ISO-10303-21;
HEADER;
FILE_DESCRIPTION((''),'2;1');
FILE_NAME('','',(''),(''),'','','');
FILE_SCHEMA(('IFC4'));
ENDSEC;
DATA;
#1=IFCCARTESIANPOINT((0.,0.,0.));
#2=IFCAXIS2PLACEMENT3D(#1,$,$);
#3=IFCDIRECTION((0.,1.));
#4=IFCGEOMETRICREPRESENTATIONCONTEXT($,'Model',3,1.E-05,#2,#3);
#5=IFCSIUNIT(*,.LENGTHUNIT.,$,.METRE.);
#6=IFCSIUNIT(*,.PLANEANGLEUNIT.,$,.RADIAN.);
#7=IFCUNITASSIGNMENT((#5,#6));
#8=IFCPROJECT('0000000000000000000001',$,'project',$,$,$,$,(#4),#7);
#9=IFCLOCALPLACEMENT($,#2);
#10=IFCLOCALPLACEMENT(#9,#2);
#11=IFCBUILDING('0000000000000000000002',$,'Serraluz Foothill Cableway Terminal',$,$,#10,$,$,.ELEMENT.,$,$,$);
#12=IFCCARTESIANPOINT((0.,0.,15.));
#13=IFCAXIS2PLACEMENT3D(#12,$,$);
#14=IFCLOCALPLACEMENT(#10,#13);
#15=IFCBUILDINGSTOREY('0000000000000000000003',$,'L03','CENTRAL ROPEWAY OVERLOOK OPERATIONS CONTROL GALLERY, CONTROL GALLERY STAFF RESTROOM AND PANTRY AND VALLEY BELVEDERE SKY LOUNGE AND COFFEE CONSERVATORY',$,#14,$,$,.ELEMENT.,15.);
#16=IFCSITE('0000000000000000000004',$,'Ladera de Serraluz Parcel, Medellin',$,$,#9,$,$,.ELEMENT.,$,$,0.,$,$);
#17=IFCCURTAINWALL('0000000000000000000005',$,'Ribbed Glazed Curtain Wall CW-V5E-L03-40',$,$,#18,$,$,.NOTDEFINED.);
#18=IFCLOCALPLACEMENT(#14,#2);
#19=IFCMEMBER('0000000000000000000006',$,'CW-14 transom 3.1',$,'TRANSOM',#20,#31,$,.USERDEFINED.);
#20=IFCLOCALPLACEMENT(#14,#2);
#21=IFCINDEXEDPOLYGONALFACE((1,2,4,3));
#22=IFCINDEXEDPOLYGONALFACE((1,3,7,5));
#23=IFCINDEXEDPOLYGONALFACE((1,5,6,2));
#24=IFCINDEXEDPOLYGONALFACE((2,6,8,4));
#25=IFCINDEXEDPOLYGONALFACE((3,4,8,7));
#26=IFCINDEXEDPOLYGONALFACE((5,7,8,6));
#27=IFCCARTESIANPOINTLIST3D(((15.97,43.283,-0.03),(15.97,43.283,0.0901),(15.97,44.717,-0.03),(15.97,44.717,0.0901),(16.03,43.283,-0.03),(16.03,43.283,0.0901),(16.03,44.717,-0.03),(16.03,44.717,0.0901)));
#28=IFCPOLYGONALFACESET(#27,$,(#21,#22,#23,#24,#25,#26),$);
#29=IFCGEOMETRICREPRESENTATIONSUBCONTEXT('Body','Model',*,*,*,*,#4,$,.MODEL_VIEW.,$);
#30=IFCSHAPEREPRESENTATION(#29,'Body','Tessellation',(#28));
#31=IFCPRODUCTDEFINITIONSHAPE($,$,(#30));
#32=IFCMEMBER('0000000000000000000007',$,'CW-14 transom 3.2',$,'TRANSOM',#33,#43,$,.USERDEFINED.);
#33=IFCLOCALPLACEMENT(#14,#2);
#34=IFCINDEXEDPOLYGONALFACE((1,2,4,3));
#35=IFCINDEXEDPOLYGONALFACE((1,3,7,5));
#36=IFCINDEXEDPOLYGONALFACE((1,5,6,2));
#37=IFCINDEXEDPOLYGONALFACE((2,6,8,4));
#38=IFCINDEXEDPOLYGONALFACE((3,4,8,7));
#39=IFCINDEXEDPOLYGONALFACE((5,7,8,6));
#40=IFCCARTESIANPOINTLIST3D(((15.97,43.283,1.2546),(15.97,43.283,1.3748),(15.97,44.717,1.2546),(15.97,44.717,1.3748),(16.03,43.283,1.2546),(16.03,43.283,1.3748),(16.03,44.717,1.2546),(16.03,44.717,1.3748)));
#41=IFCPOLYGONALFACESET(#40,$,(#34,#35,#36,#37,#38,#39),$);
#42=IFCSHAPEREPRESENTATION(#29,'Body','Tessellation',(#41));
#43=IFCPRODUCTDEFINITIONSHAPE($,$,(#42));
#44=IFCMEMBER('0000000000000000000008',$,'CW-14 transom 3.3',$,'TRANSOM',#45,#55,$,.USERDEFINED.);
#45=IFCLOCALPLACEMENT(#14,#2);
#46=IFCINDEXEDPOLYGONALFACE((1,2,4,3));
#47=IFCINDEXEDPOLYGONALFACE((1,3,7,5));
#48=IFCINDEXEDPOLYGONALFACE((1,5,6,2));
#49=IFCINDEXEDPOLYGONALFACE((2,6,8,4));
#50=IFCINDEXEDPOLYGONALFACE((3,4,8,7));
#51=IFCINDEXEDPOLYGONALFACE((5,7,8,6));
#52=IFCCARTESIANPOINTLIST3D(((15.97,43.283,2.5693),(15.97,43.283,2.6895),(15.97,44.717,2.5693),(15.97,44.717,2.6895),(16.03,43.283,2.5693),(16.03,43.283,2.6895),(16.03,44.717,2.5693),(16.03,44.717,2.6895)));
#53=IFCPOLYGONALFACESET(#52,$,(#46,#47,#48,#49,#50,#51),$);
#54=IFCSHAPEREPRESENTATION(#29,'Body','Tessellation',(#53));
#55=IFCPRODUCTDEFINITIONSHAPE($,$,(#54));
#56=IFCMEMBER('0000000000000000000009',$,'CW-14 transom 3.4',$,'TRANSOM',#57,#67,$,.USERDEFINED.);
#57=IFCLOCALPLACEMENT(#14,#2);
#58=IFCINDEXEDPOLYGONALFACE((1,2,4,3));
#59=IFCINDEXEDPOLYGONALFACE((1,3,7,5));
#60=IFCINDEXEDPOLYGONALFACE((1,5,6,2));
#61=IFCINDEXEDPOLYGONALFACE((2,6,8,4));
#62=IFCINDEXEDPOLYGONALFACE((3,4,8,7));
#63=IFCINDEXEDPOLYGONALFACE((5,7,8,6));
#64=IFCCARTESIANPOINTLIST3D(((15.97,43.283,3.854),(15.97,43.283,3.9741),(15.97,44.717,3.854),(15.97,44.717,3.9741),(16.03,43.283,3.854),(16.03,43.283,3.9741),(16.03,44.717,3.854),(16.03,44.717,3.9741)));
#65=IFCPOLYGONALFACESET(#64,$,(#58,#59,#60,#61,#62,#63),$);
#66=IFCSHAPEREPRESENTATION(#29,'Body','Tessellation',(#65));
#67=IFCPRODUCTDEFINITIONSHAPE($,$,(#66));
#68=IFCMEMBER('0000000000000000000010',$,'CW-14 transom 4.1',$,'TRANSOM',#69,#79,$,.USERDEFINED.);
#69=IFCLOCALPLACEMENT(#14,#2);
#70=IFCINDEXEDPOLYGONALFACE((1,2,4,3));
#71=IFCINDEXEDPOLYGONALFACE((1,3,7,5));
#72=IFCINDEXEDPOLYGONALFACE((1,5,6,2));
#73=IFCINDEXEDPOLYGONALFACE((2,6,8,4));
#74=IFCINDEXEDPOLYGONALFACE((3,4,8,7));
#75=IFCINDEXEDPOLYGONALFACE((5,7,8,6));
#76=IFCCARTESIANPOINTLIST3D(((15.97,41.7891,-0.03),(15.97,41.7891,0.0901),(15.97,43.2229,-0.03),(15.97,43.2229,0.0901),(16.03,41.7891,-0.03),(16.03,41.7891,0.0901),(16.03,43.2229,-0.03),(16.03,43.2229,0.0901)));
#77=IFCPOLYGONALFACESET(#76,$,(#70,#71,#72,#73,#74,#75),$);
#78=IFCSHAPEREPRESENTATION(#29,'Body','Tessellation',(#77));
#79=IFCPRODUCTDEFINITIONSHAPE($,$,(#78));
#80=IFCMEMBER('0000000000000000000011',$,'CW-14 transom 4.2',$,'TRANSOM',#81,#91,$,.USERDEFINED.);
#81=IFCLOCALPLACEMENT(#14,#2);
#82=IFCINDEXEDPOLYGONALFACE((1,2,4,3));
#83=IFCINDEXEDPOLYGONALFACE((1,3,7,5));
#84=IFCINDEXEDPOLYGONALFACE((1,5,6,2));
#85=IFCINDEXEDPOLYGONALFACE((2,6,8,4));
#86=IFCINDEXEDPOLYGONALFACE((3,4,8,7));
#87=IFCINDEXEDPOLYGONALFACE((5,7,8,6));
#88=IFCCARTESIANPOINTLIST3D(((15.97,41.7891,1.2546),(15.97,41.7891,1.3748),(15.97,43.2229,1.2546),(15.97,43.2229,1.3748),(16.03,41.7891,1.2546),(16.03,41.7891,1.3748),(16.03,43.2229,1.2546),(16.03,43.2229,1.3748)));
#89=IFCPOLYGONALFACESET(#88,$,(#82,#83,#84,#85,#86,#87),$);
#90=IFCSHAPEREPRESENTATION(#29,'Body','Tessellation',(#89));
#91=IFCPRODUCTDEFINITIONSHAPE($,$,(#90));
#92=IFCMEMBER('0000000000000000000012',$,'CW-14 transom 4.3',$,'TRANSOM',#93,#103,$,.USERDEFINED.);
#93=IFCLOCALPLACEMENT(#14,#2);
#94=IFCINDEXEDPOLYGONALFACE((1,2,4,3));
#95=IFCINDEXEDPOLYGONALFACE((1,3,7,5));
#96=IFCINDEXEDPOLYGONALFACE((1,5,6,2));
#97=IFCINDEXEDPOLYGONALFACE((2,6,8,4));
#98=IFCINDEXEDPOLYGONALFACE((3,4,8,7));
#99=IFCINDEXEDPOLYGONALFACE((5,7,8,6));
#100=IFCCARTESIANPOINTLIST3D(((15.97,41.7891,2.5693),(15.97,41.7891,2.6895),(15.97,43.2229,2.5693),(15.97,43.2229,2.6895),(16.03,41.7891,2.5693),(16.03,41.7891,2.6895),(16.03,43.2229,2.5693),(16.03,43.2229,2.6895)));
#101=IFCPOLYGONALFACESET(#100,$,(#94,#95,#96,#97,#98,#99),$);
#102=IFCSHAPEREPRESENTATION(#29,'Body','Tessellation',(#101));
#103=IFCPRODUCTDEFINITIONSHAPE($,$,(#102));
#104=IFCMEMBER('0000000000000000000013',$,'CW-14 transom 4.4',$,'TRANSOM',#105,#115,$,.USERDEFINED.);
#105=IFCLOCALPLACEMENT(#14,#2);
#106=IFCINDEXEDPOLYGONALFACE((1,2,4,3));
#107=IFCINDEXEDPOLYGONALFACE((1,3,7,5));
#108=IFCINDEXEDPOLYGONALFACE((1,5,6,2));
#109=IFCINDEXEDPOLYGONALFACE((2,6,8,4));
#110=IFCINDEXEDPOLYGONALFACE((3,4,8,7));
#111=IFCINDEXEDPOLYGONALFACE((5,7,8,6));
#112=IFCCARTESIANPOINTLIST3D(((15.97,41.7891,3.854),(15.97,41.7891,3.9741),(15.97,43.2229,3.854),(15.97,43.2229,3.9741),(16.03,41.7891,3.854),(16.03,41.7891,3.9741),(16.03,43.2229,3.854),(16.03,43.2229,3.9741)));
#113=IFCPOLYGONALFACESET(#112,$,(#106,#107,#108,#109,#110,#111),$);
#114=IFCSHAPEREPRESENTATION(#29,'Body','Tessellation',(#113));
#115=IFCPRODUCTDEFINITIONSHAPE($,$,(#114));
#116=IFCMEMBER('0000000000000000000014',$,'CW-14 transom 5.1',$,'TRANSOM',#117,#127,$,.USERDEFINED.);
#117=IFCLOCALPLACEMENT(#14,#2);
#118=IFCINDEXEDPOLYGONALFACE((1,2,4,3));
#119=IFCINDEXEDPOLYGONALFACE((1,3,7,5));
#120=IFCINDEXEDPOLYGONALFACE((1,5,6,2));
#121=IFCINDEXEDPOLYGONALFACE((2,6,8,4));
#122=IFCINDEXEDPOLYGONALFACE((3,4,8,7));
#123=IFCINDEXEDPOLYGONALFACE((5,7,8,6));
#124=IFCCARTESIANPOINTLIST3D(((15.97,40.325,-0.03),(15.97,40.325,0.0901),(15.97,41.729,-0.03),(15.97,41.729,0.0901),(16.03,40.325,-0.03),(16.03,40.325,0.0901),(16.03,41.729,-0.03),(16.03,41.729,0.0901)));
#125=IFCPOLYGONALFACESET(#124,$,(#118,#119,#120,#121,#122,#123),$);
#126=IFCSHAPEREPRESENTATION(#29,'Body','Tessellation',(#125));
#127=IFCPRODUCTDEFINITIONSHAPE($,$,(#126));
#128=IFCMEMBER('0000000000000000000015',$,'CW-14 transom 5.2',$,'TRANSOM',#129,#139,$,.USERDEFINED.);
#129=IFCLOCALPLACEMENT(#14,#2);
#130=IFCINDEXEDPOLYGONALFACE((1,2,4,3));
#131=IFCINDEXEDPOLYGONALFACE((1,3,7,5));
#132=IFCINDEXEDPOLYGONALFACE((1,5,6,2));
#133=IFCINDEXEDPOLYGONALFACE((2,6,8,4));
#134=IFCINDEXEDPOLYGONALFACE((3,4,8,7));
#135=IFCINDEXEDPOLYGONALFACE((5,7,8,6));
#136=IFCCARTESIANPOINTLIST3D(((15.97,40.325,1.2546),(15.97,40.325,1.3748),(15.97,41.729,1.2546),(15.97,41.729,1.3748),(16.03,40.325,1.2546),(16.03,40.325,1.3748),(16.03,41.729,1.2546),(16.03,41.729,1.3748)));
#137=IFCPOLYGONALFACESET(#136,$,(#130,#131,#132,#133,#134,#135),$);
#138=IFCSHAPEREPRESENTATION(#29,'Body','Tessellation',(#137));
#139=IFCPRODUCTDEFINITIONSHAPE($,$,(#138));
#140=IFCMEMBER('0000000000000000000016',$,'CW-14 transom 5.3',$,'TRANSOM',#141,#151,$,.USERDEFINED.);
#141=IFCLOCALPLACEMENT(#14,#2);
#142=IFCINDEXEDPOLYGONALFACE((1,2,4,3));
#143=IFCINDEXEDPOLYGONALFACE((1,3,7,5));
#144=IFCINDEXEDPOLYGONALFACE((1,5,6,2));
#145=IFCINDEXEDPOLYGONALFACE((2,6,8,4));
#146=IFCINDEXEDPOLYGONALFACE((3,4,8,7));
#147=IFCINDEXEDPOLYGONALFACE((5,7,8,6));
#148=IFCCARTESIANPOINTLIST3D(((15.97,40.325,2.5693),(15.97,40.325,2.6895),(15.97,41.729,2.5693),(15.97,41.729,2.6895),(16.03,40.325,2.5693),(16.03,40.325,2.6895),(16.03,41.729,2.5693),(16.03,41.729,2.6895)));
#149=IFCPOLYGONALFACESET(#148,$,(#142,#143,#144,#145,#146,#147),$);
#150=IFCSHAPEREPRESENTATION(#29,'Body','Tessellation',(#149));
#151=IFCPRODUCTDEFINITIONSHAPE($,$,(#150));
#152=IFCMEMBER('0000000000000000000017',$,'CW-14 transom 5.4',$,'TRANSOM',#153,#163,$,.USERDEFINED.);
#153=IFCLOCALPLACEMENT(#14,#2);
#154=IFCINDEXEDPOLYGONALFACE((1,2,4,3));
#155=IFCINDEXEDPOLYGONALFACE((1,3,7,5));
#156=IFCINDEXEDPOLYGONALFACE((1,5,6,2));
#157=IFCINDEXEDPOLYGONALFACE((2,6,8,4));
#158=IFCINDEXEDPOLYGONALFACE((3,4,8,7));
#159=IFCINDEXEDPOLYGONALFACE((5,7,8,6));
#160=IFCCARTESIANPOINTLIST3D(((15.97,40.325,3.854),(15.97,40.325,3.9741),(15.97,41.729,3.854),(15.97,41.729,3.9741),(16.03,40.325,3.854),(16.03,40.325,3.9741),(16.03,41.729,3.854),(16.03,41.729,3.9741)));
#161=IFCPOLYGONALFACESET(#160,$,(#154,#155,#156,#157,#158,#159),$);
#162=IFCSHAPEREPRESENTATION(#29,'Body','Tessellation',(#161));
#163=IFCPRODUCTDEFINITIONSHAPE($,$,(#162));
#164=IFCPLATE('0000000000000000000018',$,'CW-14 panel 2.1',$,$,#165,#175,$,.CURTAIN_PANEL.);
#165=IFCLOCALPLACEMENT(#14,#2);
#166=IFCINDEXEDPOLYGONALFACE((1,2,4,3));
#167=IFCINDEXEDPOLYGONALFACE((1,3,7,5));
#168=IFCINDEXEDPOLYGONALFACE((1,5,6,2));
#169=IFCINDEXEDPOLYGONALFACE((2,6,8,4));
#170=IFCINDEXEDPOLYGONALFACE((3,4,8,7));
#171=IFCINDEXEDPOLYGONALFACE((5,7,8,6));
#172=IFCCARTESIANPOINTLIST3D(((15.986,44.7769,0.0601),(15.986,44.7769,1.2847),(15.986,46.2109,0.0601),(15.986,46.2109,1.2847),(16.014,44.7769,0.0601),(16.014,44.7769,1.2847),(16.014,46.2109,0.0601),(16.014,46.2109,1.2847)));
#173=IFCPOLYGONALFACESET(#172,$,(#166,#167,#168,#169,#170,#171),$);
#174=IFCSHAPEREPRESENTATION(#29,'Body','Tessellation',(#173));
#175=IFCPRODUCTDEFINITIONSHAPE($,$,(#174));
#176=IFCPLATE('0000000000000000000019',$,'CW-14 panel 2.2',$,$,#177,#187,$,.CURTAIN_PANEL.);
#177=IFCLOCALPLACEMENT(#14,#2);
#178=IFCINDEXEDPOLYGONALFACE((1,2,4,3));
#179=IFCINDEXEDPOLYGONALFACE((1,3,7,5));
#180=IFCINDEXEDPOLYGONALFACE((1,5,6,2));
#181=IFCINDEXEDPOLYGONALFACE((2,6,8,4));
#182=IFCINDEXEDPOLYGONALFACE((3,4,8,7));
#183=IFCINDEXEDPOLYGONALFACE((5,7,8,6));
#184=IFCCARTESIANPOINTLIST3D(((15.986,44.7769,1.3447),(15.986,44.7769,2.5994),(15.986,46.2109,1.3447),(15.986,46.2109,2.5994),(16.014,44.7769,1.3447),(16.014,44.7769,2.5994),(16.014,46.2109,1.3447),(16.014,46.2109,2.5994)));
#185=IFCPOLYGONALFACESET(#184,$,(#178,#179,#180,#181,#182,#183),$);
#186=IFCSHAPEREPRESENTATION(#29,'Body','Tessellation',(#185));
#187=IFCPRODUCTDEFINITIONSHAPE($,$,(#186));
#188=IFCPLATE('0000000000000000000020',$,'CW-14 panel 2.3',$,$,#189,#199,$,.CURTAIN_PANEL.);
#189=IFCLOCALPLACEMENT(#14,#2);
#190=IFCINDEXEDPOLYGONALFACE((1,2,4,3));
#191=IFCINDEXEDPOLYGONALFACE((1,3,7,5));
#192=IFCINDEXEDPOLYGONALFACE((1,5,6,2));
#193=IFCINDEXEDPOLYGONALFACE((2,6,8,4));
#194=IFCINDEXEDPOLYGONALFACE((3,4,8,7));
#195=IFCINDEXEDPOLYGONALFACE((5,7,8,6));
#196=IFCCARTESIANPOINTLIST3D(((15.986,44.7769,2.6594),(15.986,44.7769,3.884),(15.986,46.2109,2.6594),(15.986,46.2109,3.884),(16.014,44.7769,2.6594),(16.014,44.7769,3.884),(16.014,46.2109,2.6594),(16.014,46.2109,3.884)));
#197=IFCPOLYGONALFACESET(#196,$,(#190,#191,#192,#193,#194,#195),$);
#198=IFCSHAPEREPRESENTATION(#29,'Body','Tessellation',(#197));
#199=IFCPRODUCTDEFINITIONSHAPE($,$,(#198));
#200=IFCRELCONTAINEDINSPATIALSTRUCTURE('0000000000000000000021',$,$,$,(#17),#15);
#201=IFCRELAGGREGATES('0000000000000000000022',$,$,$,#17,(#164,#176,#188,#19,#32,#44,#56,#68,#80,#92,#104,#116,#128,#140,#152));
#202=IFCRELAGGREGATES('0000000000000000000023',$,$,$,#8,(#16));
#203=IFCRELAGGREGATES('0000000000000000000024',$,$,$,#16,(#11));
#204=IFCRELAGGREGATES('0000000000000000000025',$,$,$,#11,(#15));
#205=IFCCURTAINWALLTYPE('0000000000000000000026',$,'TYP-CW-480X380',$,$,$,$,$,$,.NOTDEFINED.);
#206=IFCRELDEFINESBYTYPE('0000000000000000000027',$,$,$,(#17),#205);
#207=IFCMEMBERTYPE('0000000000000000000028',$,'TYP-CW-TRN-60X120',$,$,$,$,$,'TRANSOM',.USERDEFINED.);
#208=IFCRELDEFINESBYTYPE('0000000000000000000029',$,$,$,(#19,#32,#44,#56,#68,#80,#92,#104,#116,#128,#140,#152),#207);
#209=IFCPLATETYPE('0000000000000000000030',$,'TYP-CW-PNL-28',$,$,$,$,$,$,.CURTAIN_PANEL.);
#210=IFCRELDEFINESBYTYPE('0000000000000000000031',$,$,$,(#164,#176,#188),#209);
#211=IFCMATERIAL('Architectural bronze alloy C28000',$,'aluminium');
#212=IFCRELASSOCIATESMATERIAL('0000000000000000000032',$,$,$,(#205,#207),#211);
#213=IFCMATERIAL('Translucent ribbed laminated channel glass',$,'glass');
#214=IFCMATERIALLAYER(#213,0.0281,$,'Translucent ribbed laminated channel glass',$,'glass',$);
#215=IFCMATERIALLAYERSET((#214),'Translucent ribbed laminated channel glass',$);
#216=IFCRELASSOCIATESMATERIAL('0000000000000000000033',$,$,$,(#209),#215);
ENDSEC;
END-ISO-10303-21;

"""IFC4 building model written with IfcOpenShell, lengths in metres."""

from ifc_helpers import new_model, si_unit, direction, frame, origin, origin_2d, place, context, subcontext, project, spatial, rectangle, extrude, material, layer, layer_set, material_profile, profile_set, type_object, element, aggregate, save


model = new_model("IFC4")

# Units and contexts
model_context = context("Model", 3, precision=1e-05, world=origin(), true_north=direction((0.0, 1.0)))
body_context = subcontext(model_context, "Body", "Model", "MODEL_VIEW")
ifc_project = project(units=[si_unit("LENGTHUNIT", "METRE"), si_unit("PLANEANGLEUNIT", "RADIAN")], contexts=[model_context])

# Site, building, storey
site_placement = place(None, origin())
site = spatial("IfcSite", under=ifc_project, at=site_placement, Name="Ladera de Serraluz Parcel, Medellin", CompositionType="ELEMENT", RefElevation=0.0)
building_placement = place(site_placement, origin())
building = spatial("IfcBuilding", under=site, at=building_placement, Name="Serraluz Foothill Cableway Terminal", CompositionType="ELEMENT")
storey_placement = place(building_placement, frame((0.0, 0.0, 15.0)))
storey = spatial("IfcBuildingStorey", under=building, at=storey_placement, Name="L03", Description="CENTRAL ROPEWAY OVERLOOK OPERATIONS CONTROL GALLERY, CONTROL GALLERY STAFF RESTROOM AND PANTRY AND VALLEY BELVEDERE SKY LOUNGE AND COFFEE CONSERVATORY", CompositionType="ELEMENT", Elevation=15.0)

# Shared definitions
ifc_material_1 = material(Name="Architectural bronze alloy C28000", Category="aluminium")

# Curtain wall
curtain_wall_type_1 = type_object("IfcCurtainWallType", Name="TYP-CW-480X380", PredefinedType="NOTDEFINED", material=ifc_material_1)
curtain_wall_1_placement = place(storey_placement, origin())
curtain_wall_1 = element("IfcCurtainWall", 1, at=curtain_wall_1_placement, inside=storey, type_object=curtain_wall_type_1, Name="Ribbed Glazed Curtain Wall CW-V5E-L03-40", PredefinedType="NOTDEFINED")

# Members
ifc_material_profile_1 = material_profile(ifc_material_1, rectangle(XDim=0.0601, YDim=0.1201, at=origin_2d()), Name="ALU TRANSOM 60x120")
ifc_profile_set_1 = profile_set([ifc_material_profile_1], Name="Architectural bronze alloy C28000")
member_type_1 = type_object("IfcMemberType", Name="TYP-CW-TRN-60X120", ElementType="TRANSOM", PredefinedType="USERDEFINED", material=ifc_profile_set_1)
member_1_placement = place(storey_placement, frame((16.0, 44.717, 0.03), z_axis=(0.0, -1.0, 0.0), x_axis=(1.0, 0.0, 0.0)))
member_1 = element("IfcMember", 2, at=member_1_placement, type_object=member_type_1, Name="CW-14 transom 3.1", ObjectType="TRANSOM", PredefinedType="USERDEFINED", context=body_context, shape_type="SweptSolid", body=[
    extrude(rectangle(XDim=0.0601, YDim=0.1201, at=origin_2d()), origin(), (0.0, 0.0, 1.0), 1.4341),
])
member_2_placement = place(storey_placement, frame((16.0, 44.717, 1.3147), z_axis=(0.0, -1.0, 0.0), x_axis=(1.0, 0.0, 0.0)))
member_2 = element("IfcMember", 3, at=member_2_placement, type_object=member_type_1, Name="CW-14 transom 3.2", ObjectType="TRANSOM", PredefinedType="USERDEFINED", context=body_context, shape_type="SweptSolid", body=[
    extrude(rectangle(XDim=0.0601, YDim=0.1201, at=origin_2d()), origin(), (0.0, 0.0, 1.0), 1.4341),
])
member_3_placement = place(storey_placement, frame((16.0, 44.717, 2.6294), z_axis=(0.0, -1.0, 0.0), x_axis=(1.0, 0.0, 0.0)))
member_3 = element("IfcMember", 4, at=member_3_placement, type_object=member_type_1, Name="CW-14 transom 3.3", ObjectType="TRANSOM", PredefinedType="USERDEFINED", context=body_context, shape_type="SweptSolid", body=[
    extrude(rectangle(XDim=0.0601, YDim=0.1201, at=origin_2d()), origin(), (0.0, 0.0, 1.0), 1.4341),
])
member_4_placement = place(storey_placement, frame((16.0, 44.717, 3.9141), z_axis=(0.0, -1.0, 0.0), x_axis=(1.0, 0.0, 0.0)))
member_4 = element("IfcMember", 5, at=member_4_placement, type_object=member_type_1, Name="CW-14 transom 3.4", ObjectType="TRANSOM", PredefinedType="USERDEFINED", context=body_context, shape_type="SweptSolid", body=[
    extrude(rectangle(XDim=0.0601, YDim=0.1201, at=origin_2d()), origin(), (0.0, 0.0, 1.0), 1.4341),
])
member_5_placement = place(storey_placement, frame((16.0, 43.2229, 0.03), z_axis=(0.0, -1.0, 0.0), x_axis=(1.0, 0.0, 0.0)))
member_5 = element("IfcMember", 6, at=member_5_placement, type_object=member_type_1, Name="CW-14 transom 4.1", ObjectType="TRANSOM", PredefinedType="USERDEFINED", context=body_context, shape_type="SweptSolid", body=[
    extrude(rectangle(XDim=0.0601, YDim=0.1201, at=origin_2d()), origin(), (0.0, 0.0, 1.0), 1.4338),
])
member_6_placement = place(storey_placement, frame((16.0, 43.2229, 1.3147), z_axis=(0.0, -1.0, 0.0), x_axis=(1.0, 0.0, 0.0)))
member_6 = element("IfcMember", 7, at=member_6_placement, type_object=member_type_1, Name="CW-14 transom 4.2", ObjectType="TRANSOM", PredefinedType="USERDEFINED", context=body_context, shape_type="SweptSolid", body=[
    extrude(rectangle(XDim=0.0601, YDim=0.1201, at=origin_2d()), origin(), (0.0, 0.0, 1.0), 1.4338),
])
member_7_placement = place(storey_placement, frame((16.0, 43.2229, 2.6294), z_axis=(0.0, -1.0, 0.0), x_axis=(1.0, 0.0, 0.0)))
member_7 = element("IfcMember", 8, at=member_7_placement, type_object=member_type_1, Name="CW-14 transom 4.3", ObjectType="TRANSOM", PredefinedType="USERDEFINED", context=body_context, shape_type="SweptSolid", body=[
    extrude(rectangle(XDim=0.0601, YDim=0.1201, at=origin_2d()), origin(), (0.0, 0.0, 1.0), 1.4338),
])
member_8_placement = place(storey_placement, frame((16.0, 43.2229, 3.9141), z_axis=(0.0, -1.0, 0.0), x_axis=(1.0, 0.0, 0.0)))
member_8 = element("IfcMember", 9, at=member_8_placement, type_object=member_type_1, Name="CW-14 transom 4.4", ObjectType="TRANSOM", PredefinedType="USERDEFINED", context=body_context, shape_type="SweptSolid", body=[
    extrude(rectangle(XDim=0.0601, YDim=0.1201, at=origin_2d()), origin(), (0.0, 0.0, 1.0), 1.4338),
])
member_9_placement = place(storey_placement, frame((16.0, 41.729, 0.03), z_axis=(0.0, -1.0, 0.0), x_axis=(1.0, 0.0, 0.0)))
member_9 = element("IfcMember", 10, at=member_9_placement, type_object=member_type_1, Name="CW-14 transom 5.1", ObjectType="TRANSOM", PredefinedType="USERDEFINED", context=body_context, shape_type="SweptSolid", body=[
    extrude(rectangle(XDim=0.0601, YDim=0.1201, at=origin_2d()), origin(), (0.0, 0.0, 1.0), 1.4041),
])
member_10_placement = place(storey_placement, frame((16.0, 41.729, 1.3147), z_axis=(0.0, -1.0, 0.0), x_axis=(1.0, 0.0, 0.0)))
member_10 = element("IfcMember", 11, at=member_10_placement, type_object=member_type_1, Name="CW-14 transom 5.2", ObjectType="TRANSOM", PredefinedType="USERDEFINED", context=body_context, shape_type="SweptSolid", body=[
    extrude(rectangle(XDim=0.0601, YDim=0.1201, at=origin_2d()), origin(), (0.0, 0.0, 1.0), 1.4041),
])
member_11_placement = place(storey_placement, frame((16.0, 41.729, 2.6294), z_axis=(0.0, -1.0, 0.0), x_axis=(1.0, 0.0, 0.0)))
member_11 = element("IfcMember", 12, at=member_11_placement, type_object=member_type_1, Name="CW-14 transom 5.3", ObjectType="TRANSOM", PredefinedType="USERDEFINED", context=body_context, shape_type="SweptSolid", body=[
    extrude(rectangle(XDim=0.0601, YDim=0.1201, at=origin_2d()), origin(), (0.0, 0.0, 1.0), 1.4041),
])
member_12_placement = place(storey_placement, frame((16.0, 41.729, 3.9141), z_axis=(0.0, -1.0, 0.0), x_axis=(1.0, 0.0, 0.0)))
member_12 = element("IfcMember", 13, at=member_12_placement, type_object=member_type_1, Name="CW-14 transom 5.4", ObjectType="TRANSOM", PredefinedType="USERDEFINED", context=body_context, shape_type="SweptSolid", body=[
    extrude(rectangle(XDim=0.0601, YDim=0.1201, at=origin_2d()), origin(), (0.0, 0.0, 1.0), 1.4041),
])

# Plates
ifc_material_2 = material(Name="Translucent ribbed laminated channel glass", Category="glass")
ifc_layer_1 = layer(ifc_material_2, 0.0281, Name="Translucent ribbed laminated channel glass", Category="glass")
ifc_layer_set_1 = layer_set([ifc_layer_1], Name="Translucent ribbed laminated channel glass")
plate_type_1 = type_object("IfcPlateType", Name="TYP-CW-PNL-28", PredefinedType="CURTAIN_PANEL", material=ifc_layer_set_1)
plate_1_placement = place(storey_placement, frame((16.0, 45.4939, 0.0601), z_axis=(0.0, 0.0, 1.0), x_axis=(0.0, -1.0, 0.0)))
plate_1 = element("IfcPlate", 14, at=plate_1_placement, type_object=plate_type_1, Name="CW-14 panel 2.1", PredefinedType="CURTAIN_PANEL", context=body_context, shape_type="SweptSolid", body=[
    extrude(rectangle(XDim=1.4341, YDim=0.0281, at=origin_2d()), origin(), (0.0, 0.0, 1.0), 1.2246),
])
plate_2_placement = place(storey_placement, frame((16.0, 45.4939, 1.3447), z_axis=(0.0, 0.0, 1.0), x_axis=(0.0, -1.0, 0.0)))
plate_2 = element("IfcPlate", 15, at=plate_2_placement, type_object=plate_type_1, Name="CW-14 panel 2.2", PredefinedType="CURTAIN_PANEL", context=body_context, shape_type="SweptSolid", body=[
    extrude(rectangle(XDim=1.4341, YDim=0.0281, at=origin_2d()), origin(), (0.0, 0.0, 1.0), 1.2546),
])
plate_3_placement = place(storey_placement, frame((16.0, 45.4939, 2.6594), z_axis=(0.0, 0.0, 1.0), x_axis=(0.0, -1.0, 0.0)))
plate_3 = element("IfcPlate", 16, at=plate_3_placement, type_object=plate_type_1, Name="CW-14 panel 2.3", PredefinedType="CURTAIN_PANEL", context=body_context, shape_type="SweptSolid", body=[
    extrude(rectangle(XDim=1.4341, YDim=0.0281, at=origin_2d()), origin(), (0.0, 0.0, 1.0), 1.2246),
])
aggregate(curtain_wall_1, [plate_1, plate_2, plate_3, member_1, member_2, member_3, member_4, member_5, member_6, member_7, member_8, member_9, member_10, member_11, member_12])

save(model, "model.ifc")
